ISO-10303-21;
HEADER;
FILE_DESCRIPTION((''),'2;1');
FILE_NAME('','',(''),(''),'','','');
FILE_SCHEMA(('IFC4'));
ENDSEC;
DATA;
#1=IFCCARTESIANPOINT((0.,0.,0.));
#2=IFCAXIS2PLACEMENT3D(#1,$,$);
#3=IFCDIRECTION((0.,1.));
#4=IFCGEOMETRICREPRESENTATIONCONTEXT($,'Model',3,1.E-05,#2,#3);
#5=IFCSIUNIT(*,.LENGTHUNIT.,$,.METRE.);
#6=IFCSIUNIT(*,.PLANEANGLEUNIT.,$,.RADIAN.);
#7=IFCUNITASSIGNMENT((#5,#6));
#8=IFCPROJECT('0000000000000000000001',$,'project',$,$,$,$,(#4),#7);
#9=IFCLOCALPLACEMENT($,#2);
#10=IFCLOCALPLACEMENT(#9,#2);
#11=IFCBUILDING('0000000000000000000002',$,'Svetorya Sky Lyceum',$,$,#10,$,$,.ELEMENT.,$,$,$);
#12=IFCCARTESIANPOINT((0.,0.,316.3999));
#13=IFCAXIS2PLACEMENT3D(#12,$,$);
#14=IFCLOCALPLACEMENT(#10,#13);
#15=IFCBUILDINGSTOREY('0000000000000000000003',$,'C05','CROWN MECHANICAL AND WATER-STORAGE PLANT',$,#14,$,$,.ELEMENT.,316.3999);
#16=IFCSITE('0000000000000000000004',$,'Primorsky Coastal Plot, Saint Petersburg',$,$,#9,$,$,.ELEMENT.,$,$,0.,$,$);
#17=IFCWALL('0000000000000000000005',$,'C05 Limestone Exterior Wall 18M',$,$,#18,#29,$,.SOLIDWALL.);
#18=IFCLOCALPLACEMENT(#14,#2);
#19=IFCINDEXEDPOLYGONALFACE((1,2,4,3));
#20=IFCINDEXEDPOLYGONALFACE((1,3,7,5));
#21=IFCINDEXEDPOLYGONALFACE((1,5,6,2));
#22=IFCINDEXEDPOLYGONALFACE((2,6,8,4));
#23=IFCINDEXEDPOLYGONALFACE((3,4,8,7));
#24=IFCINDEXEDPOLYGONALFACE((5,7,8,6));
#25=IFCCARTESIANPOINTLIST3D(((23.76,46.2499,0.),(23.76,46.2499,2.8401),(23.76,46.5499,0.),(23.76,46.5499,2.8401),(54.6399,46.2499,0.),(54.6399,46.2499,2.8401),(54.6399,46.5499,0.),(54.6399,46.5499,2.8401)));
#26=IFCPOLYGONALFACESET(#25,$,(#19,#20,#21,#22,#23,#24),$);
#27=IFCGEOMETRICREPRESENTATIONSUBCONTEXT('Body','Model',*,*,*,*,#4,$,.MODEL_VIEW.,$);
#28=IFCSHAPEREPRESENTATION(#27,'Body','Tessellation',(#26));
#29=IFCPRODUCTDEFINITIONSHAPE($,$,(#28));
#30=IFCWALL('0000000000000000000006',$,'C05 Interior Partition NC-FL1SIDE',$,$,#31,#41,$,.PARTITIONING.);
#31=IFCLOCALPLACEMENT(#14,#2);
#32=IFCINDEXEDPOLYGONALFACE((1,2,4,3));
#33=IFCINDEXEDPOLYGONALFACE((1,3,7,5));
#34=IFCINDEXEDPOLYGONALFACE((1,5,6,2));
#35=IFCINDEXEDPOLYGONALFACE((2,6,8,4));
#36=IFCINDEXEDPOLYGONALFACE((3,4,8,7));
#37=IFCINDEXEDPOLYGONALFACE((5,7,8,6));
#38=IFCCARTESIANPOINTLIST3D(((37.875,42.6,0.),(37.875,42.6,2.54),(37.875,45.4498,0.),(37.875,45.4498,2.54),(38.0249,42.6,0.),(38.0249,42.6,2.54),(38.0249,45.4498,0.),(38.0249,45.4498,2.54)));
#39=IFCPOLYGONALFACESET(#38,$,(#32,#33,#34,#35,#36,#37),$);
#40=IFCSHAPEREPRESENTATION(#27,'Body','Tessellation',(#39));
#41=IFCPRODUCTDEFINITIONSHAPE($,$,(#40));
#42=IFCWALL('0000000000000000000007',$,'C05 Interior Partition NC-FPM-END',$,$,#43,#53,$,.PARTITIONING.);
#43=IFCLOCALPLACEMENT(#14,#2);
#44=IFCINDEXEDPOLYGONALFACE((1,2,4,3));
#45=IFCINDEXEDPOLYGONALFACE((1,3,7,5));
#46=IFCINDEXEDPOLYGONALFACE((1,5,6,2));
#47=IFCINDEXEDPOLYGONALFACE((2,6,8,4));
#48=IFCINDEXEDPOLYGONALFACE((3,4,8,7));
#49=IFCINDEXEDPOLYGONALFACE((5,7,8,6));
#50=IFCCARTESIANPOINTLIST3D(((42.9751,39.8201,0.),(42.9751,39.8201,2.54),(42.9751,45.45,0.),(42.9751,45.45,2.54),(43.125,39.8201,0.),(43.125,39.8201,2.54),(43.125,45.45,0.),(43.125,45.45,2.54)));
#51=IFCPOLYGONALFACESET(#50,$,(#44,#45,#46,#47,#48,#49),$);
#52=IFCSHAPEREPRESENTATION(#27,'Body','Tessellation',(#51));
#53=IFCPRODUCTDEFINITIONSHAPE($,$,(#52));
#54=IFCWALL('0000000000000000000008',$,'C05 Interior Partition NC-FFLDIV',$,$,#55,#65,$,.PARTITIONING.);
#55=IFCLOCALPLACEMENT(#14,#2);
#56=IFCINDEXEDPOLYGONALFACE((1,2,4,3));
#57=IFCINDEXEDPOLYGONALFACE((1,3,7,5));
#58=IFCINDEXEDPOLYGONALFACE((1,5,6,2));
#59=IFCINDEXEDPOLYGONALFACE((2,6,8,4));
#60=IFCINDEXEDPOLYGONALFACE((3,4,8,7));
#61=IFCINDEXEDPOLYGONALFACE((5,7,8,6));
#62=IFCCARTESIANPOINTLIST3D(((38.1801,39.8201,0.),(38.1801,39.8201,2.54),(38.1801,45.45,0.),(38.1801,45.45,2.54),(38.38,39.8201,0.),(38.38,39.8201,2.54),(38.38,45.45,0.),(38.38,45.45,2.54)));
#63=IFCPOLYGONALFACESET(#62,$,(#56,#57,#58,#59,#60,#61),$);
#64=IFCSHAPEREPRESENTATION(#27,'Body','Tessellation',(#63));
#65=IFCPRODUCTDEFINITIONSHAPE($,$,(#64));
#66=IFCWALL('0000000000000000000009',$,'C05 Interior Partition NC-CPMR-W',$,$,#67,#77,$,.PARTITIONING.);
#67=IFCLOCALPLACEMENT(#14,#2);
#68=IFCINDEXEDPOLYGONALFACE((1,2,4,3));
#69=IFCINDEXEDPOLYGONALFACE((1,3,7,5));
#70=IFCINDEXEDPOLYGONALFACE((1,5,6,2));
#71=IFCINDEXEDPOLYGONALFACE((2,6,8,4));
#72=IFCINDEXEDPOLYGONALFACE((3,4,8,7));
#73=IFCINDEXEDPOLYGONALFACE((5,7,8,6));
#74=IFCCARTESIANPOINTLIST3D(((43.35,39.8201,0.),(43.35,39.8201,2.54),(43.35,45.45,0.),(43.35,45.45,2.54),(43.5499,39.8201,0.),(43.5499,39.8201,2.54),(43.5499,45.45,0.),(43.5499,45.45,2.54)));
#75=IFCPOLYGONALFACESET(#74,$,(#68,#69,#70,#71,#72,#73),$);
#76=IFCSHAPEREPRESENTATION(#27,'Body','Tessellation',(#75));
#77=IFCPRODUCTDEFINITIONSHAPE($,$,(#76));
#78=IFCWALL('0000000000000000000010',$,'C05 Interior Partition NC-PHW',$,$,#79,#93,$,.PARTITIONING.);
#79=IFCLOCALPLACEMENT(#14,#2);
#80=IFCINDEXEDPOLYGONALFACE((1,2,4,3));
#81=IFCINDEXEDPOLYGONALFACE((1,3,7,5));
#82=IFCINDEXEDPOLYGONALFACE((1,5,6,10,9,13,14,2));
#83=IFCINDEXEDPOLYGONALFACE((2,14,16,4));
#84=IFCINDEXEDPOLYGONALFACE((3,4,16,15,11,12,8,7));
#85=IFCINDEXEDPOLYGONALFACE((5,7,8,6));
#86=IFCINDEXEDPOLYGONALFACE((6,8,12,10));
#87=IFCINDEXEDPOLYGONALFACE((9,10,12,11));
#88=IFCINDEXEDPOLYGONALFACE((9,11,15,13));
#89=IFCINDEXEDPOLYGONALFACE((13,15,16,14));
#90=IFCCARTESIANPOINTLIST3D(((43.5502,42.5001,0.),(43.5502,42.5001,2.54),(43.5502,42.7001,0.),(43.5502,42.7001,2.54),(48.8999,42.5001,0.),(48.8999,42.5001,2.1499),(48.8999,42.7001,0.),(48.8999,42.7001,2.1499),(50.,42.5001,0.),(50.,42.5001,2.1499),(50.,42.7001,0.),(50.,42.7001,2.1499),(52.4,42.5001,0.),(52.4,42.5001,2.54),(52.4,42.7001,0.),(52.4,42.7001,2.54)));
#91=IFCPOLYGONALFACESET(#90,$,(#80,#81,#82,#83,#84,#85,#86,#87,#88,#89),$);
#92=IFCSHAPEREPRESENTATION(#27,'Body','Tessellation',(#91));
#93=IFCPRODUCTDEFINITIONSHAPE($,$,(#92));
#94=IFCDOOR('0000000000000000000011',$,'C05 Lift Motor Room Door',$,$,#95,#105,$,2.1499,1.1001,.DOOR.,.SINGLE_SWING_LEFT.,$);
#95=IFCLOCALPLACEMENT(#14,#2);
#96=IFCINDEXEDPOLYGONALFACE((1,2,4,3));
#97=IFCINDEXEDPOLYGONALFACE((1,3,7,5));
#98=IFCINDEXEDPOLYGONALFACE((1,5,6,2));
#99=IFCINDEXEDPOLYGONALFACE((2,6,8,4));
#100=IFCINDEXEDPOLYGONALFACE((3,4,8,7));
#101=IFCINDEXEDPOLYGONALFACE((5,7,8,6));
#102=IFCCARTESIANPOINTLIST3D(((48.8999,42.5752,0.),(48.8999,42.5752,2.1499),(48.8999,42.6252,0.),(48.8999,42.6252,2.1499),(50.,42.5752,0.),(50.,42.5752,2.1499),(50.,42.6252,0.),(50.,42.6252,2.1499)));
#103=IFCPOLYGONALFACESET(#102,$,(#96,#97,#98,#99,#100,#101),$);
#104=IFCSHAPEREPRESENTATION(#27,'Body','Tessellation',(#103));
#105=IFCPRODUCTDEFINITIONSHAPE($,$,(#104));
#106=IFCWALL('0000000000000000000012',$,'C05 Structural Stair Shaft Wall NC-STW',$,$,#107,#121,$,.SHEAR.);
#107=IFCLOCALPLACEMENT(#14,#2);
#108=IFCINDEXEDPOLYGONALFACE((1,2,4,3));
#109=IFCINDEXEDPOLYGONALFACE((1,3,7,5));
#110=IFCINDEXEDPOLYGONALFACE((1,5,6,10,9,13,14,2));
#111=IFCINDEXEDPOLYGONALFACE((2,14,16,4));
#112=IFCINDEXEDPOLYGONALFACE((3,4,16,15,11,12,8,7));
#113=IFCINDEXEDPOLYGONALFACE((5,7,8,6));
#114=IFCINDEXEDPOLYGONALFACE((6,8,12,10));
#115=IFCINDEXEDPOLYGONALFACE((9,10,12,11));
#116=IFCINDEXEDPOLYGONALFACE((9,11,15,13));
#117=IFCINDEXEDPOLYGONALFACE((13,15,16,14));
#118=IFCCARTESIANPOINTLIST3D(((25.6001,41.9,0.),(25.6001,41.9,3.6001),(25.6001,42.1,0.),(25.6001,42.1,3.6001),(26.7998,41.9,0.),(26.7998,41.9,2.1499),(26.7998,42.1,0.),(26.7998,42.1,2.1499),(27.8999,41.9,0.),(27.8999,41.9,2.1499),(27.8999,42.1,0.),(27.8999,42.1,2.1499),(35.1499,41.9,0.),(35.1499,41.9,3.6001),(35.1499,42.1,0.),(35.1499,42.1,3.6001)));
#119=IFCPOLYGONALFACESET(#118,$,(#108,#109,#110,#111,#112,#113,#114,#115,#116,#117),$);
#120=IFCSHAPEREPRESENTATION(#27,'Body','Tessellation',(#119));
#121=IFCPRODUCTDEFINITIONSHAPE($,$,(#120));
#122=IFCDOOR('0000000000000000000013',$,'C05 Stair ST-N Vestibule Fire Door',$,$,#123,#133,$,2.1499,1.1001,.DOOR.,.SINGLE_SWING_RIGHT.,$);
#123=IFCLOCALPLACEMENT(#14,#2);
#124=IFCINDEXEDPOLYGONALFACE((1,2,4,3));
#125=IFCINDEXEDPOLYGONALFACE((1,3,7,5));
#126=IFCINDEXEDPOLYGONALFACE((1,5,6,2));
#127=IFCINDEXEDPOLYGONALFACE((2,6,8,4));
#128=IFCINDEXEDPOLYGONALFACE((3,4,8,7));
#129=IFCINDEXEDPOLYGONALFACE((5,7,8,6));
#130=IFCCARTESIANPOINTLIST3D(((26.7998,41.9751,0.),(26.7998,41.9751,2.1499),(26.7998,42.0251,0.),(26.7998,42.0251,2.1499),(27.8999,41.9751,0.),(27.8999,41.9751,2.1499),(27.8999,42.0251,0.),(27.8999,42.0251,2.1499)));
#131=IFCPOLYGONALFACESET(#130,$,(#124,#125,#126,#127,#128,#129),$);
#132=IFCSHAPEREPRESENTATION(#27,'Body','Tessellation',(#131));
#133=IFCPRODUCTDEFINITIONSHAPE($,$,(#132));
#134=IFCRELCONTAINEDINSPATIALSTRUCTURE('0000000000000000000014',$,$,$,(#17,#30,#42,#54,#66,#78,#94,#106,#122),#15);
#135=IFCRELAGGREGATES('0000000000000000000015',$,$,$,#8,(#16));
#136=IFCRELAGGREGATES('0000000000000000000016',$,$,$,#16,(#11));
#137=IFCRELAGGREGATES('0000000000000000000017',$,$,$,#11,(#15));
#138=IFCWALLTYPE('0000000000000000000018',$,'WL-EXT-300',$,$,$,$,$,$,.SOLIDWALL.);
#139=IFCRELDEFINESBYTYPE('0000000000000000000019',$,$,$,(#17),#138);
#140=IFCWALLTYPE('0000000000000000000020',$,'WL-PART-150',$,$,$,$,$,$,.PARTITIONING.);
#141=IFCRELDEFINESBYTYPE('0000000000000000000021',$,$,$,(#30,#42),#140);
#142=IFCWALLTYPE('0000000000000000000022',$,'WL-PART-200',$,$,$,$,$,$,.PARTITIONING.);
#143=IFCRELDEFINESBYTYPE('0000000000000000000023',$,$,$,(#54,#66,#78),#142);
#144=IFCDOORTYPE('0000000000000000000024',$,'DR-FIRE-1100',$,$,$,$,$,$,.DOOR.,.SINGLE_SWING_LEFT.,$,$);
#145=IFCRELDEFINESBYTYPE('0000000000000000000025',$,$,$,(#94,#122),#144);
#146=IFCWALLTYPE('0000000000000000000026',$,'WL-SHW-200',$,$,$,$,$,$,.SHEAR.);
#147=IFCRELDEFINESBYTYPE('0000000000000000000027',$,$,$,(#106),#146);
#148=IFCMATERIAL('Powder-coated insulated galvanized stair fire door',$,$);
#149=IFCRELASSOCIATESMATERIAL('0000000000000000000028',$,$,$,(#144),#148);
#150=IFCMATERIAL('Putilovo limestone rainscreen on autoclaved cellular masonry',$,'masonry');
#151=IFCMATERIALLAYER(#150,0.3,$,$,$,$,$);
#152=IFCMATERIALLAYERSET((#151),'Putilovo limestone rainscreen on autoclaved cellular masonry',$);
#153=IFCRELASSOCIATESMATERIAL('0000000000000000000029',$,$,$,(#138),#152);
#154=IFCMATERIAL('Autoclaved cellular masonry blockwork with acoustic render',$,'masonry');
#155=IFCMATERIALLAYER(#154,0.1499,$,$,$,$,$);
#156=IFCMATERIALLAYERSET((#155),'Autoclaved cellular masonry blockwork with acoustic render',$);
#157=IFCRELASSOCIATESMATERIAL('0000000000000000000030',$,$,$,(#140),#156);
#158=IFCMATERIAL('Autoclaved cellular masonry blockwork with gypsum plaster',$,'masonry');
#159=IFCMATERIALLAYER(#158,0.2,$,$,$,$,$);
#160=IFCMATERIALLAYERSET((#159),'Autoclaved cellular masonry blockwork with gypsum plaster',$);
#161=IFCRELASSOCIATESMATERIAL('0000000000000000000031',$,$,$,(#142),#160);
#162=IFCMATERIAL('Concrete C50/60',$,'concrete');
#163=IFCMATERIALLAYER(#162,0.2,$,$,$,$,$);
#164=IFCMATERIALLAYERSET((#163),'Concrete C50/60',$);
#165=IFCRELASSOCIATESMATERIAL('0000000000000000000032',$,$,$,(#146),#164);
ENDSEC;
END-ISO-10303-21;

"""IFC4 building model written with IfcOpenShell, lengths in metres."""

from ifc_helpers import new_model, si_unit, direction, frame, frame_2d, origin, place, context, subcontext, project, spatial, rectangle, extrude, material, layer, layer_set, type_object, element, fill, save


model = new_model("IFC4")

# Units and contexts
model_context = context("Model", 3, precision=1e-05, world=origin(), true_north=direction((0.0, 1.0)))
body_context = subcontext(model_context, "Body", "Model", "MODEL_VIEW")
ifc_project = project(units=[si_unit("LENGTHUNIT", "METRE"), si_unit("PLANEANGLEUNIT", "RADIAN")], contexts=[model_context])

# Site, building, storey
site_placement = place(None, origin())
site = spatial("IfcSite", under=ifc_project, at=site_placement, Name="Primorsky Coastal Plot, Saint Petersburg", CompositionType="ELEMENT", RefElevation=0.0)
building_placement = place(site_placement, origin())
building = spatial("IfcBuilding", under=site, at=building_placement, Name="Svetorya Sky Lyceum", CompositionType="ELEMENT")
storey_placement = place(building_placement, frame((0.0, 0.0, 316.3999)))
storey = spatial("IfcBuildingStorey", under=building, at=storey_placement, Name="C05", Description="CROWN MECHANICAL AND WATER-STORAGE PLANT", CompositionType="ELEMENT", Elevation=316.3999)

# Shared definitions
ifc_material_1 = material(Name="Powder-coated insulated galvanized stair fire door")
door_type_1 = type_object("IfcDoorType", Name="DR-FIRE-1100", OperationType="SINGLE_SWING_LEFT", PredefinedType="DOOR", material=ifc_material_1)

# Walls
ifc_material_2 = material(Name="Putilovo limestone rainscreen on autoclaved cellular masonry", Category="masonry")
ifc_layer_1 = layer(ifc_material_2, 0.3)
ifc_layer_set_1 = layer_set([ifc_layer_1], Name="Putilovo limestone rainscreen on autoclaved cellular masonry")
wall_type_1 = type_object("IfcWallType", Name="WL-EXT-300", PredefinedType="SOLIDWALL", material=ifc_layer_set_1)
wall_1_placement = place(storey_placement, frame((54.6399, 46.3999, 0.0), z_axis=(0.0, 0.0, 1.0), x_axis=(-1.0, 0.0, 0.0)))
element("IfcWall", 1, at=wall_1_placement, inside=storey, type_object=wall_type_1, Name="C05 Limestone Exterior Wall 18M", PredefinedType="SOLIDWALL", context=body_context, shape_type="SweptSolid", body=[
    extrude(rectangle(XDim=30.8799, YDim=0.3, at=frame_2d((15.4399, 0.0))), origin(), (0.0, 0.0, 1.0), 2.8401),
])
ifc_material_3 = material(Name="Autoclaved cellular masonry blockwork with acoustic render", Category="masonry")
ifc_layer_2 = layer(ifc_material_3, 0.1499)
ifc_layer_set_2 = layer_set([ifc_layer_2], Name="Autoclaved cellular masonry blockwork with acoustic render")
wall_type_2 = type_object("IfcWallType", Name="WL-PART-150", PredefinedType="PARTITIONING", material=ifc_layer_set_2)
wall_2_placement = place(storey_placement, frame((37.95, 42.6001, 0.0), z_axis=(0.0, 0.0, 1.0), x_axis=(0.0, 1.0, 0.0)))
element("IfcWall", 2, at=wall_2_placement, inside=storey, type_object=wall_type_2, Name="C05 Interior Partition NC-FL1SIDE", PredefinedType="PARTITIONING", context=body_context, shape_type="SweptSolid", body=[
    extrude(rectangle(XDim=2.8499, YDim=0.1499, at=frame_2d((1.4248, 0.0))), origin(), (0.0, 0.0, 1.0), 2.54),
])
wall_3_placement = place(storey_placement, frame((43.05, 39.8201, 0.0), z_axis=(0.0, 0.0, 1.0), x_axis=(0.0, 1.0, 0.0)))
element("IfcWall", 3, at=wall_3_placement, inside=storey, type_object=wall_type_2, Name="C05 Interior Partition NC-FPM-END", PredefinedType="PARTITIONING", context=body_context, shape_type="SweptSolid", body=[
    extrude(rectangle(XDim=5.6299, YDim=0.1499, at=frame_2d((2.8149, 0.0))), origin(), (0.0, 0.0, 1.0), 2.54),
])

# Shared definitions
ifc_material_4 = material(Name="Autoclaved cellular masonry blockwork with gypsum plaster", Category="masonry")
ifc_layer_3 = layer(ifc_material_4, 0.2)
ifc_layer_set_3 = layer_set([ifc_layer_3], Name="Autoclaved cellular masonry blockwork with gypsum plaster")
wall_type_3 = type_object("IfcWallType", Name="WL-PART-200", PredefinedType="PARTITIONING", material=ifc_layer_set_3)

# Walls
for number, where, z_axis, x_axis, name in (
    (4, (38.28, 39.8201, 0.0), (0.0, 0.0, 1.0), (0.0, 1.0, 0.0), "C05 Interior Partition NC-FFLDIV"),
    (5, (43.45, 39.8201, 0.0), (0.0, 0.0, 1.0), (0.0, 1.0, 0.0), "C05 Interior Partition NC-CPMR-W"),
):
    element("IfcWall", number, at=place(storey_placement, frame(where, z_axis=z_axis, x_axis=x_axis)), inside=storey, type_object=wall_type_3, Name=name, PredefinedType="PARTITIONING", context=body_context, shape_type="SweptSolid", body=[
        extrude(rectangle(XDim=5.6299, YDim=0.2, at=frame_2d((2.8149, 0.0))), origin(), (0.0, 0.0, 1.0), 2.54),
    ])

# Walls, openings, doors
wall_4_placement = place(storey_placement, frame((52.3999, 42.6001, 0.0), z_axis=(0.0, 0.0, 1.0), x_axis=(-1.0, 0.0, 0.0)))
wall_4 = element("IfcWall", 6, at=wall_4_placement, inside=storey, type_object=wall_type_3, Name="C05 Interior Partition NC-PHW", PredefinedType="PARTITIONING", context=body_context, shape_type="SweptSolid", body=[
    extrude(rectangle(XDim=8.8499, YDim=0.2, at=frame_2d((4.4248, 0.0))), origin(), (0.0, 0.0, 1.0), 2.54),
])
opening_1_placement = place(wall_4_placement, frame((2.3999, 0.0, 0.0)))
opening_1 = element("IfcOpeningElement", 7, at=opening_1_placement, cuts=wall_4, PredefinedType="OPENING", context=body_context, shape_type="SweptSolid", body=[
    extrude(rectangle(XDim=1.1001, YDim=2.1499, at=frame_2d((0.55, 1.075))), frame((0.0, 0.1099, 0.0), z_axis=(0.0, -1.0, 0.0), x_axis=(1.0, 0.0, 0.0)), (0.0, 0.0, 1.0), 0.22),
])
door_1_placement = place(opening_1_placement, origin())
door_1 = element("IfcDoor", 8, at=door_1_placement, inside=storey, type_object=door_type_1, Name="C05 Lift Motor Room Door", OperationType="SINGLE_SWING_LEFT", OverallHeight=2.1499, OverallWidth=1.1001, PredefinedType="DOOR", context=body_context, shape_type="SweptSolid", body=[
    extrude(rectangle(XDim=1.1001, YDim=2.1499, at=frame_2d((0.55, 1.075))), frame((0.0, 0.0249, 0.0), z_axis=(0.0, -1.0, 0.0), x_axis=(1.0, 0.0, 0.0)), (0.0, 0.0, 1.0), 0.05),
])
fill(opening_1, door_1)
ifc_material_5 = material(Name="Concrete C50/60", Category="concrete")
ifc_layer_4 = layer(ifc_material_5, 0.2)
ifc_layer_set_4 = layer_set([ifc_layer_4], Name="Concrete C50/60")
wall_type_4 = type_object("IfcWallType", Name="WL-SHW-200", PredefinedType="SHEAR", material=ifc_layer_set_4)
wall_5_placement = place(storey_placement, frame((35.1499, 42.0, 0.0), z_axis=(0.0, 0.0, 1.0), x_axis=(-1.0, 0.0, 0.0)))
wall_5 = element("IfcWall", 9, at=wall_5_placement, inside=storey, type_object=wall_type_4, Name="C05 Structural Stair Shaft Wall NC-STW", PredefinedType="SHEAR", context=body_context, shape_type="SweptSolid", body=[
    extrude(rectangle(XDim=9.5498, YDim=0.2, at=frame_2d((4.7749, 0.0))), origin(), (0.0, 0.0, 1.0), 3.6001),
])
opening_2_placement = place(wall_5_placement, frame((7.25, 0.0, 0.0)))
opening_2 = element("IfcOpeningElement", 10, at=opening_2_placement, cuts=wall_5, PredefinedType="OPENING", context=body_context, shape_type="SweptSolid", body=[
    extrude(rectangle(XDim=1.1001, YDim=2.1499, at=frame_2d((0.55, 1.075))), frame((0.0, 0.1099, 0.0), z_axis=(0.0, -1.0, 0.0), x_axis=(1.0, 0.0, 0.0)), (0.0, 0.0, 1.0), 0.22),
])
door_2_placement = place(opening_2_placement, origin())
door_2 = element("IfcDoor", 11, at=door_2_placement, inside=storey, type_object=door_type_1, Name="C05 Stair ST-N Vestibule Fire Door", OperationType="SINGLE_SWING_RIGHT", OverallHeight=2.1499, OverallWidth=1.1001, PredefinedType="DOOR", context=body_context, shape_type="SweptSolid", body=[
    extrude(rectangle(XDim=1.1001, YDim=2.1499, at=frame_2d((0.55, 1.075))), frame((0.0, 0.0249, 0.0), z_axis=(0.0, -1.0, 0.0), x_axis=(1.0, 0.0, 0.0)), (0.0, 0.0, 1.0), 0.05),
])
fill(opening_2, door_2)

save(model, "model.ifc")
